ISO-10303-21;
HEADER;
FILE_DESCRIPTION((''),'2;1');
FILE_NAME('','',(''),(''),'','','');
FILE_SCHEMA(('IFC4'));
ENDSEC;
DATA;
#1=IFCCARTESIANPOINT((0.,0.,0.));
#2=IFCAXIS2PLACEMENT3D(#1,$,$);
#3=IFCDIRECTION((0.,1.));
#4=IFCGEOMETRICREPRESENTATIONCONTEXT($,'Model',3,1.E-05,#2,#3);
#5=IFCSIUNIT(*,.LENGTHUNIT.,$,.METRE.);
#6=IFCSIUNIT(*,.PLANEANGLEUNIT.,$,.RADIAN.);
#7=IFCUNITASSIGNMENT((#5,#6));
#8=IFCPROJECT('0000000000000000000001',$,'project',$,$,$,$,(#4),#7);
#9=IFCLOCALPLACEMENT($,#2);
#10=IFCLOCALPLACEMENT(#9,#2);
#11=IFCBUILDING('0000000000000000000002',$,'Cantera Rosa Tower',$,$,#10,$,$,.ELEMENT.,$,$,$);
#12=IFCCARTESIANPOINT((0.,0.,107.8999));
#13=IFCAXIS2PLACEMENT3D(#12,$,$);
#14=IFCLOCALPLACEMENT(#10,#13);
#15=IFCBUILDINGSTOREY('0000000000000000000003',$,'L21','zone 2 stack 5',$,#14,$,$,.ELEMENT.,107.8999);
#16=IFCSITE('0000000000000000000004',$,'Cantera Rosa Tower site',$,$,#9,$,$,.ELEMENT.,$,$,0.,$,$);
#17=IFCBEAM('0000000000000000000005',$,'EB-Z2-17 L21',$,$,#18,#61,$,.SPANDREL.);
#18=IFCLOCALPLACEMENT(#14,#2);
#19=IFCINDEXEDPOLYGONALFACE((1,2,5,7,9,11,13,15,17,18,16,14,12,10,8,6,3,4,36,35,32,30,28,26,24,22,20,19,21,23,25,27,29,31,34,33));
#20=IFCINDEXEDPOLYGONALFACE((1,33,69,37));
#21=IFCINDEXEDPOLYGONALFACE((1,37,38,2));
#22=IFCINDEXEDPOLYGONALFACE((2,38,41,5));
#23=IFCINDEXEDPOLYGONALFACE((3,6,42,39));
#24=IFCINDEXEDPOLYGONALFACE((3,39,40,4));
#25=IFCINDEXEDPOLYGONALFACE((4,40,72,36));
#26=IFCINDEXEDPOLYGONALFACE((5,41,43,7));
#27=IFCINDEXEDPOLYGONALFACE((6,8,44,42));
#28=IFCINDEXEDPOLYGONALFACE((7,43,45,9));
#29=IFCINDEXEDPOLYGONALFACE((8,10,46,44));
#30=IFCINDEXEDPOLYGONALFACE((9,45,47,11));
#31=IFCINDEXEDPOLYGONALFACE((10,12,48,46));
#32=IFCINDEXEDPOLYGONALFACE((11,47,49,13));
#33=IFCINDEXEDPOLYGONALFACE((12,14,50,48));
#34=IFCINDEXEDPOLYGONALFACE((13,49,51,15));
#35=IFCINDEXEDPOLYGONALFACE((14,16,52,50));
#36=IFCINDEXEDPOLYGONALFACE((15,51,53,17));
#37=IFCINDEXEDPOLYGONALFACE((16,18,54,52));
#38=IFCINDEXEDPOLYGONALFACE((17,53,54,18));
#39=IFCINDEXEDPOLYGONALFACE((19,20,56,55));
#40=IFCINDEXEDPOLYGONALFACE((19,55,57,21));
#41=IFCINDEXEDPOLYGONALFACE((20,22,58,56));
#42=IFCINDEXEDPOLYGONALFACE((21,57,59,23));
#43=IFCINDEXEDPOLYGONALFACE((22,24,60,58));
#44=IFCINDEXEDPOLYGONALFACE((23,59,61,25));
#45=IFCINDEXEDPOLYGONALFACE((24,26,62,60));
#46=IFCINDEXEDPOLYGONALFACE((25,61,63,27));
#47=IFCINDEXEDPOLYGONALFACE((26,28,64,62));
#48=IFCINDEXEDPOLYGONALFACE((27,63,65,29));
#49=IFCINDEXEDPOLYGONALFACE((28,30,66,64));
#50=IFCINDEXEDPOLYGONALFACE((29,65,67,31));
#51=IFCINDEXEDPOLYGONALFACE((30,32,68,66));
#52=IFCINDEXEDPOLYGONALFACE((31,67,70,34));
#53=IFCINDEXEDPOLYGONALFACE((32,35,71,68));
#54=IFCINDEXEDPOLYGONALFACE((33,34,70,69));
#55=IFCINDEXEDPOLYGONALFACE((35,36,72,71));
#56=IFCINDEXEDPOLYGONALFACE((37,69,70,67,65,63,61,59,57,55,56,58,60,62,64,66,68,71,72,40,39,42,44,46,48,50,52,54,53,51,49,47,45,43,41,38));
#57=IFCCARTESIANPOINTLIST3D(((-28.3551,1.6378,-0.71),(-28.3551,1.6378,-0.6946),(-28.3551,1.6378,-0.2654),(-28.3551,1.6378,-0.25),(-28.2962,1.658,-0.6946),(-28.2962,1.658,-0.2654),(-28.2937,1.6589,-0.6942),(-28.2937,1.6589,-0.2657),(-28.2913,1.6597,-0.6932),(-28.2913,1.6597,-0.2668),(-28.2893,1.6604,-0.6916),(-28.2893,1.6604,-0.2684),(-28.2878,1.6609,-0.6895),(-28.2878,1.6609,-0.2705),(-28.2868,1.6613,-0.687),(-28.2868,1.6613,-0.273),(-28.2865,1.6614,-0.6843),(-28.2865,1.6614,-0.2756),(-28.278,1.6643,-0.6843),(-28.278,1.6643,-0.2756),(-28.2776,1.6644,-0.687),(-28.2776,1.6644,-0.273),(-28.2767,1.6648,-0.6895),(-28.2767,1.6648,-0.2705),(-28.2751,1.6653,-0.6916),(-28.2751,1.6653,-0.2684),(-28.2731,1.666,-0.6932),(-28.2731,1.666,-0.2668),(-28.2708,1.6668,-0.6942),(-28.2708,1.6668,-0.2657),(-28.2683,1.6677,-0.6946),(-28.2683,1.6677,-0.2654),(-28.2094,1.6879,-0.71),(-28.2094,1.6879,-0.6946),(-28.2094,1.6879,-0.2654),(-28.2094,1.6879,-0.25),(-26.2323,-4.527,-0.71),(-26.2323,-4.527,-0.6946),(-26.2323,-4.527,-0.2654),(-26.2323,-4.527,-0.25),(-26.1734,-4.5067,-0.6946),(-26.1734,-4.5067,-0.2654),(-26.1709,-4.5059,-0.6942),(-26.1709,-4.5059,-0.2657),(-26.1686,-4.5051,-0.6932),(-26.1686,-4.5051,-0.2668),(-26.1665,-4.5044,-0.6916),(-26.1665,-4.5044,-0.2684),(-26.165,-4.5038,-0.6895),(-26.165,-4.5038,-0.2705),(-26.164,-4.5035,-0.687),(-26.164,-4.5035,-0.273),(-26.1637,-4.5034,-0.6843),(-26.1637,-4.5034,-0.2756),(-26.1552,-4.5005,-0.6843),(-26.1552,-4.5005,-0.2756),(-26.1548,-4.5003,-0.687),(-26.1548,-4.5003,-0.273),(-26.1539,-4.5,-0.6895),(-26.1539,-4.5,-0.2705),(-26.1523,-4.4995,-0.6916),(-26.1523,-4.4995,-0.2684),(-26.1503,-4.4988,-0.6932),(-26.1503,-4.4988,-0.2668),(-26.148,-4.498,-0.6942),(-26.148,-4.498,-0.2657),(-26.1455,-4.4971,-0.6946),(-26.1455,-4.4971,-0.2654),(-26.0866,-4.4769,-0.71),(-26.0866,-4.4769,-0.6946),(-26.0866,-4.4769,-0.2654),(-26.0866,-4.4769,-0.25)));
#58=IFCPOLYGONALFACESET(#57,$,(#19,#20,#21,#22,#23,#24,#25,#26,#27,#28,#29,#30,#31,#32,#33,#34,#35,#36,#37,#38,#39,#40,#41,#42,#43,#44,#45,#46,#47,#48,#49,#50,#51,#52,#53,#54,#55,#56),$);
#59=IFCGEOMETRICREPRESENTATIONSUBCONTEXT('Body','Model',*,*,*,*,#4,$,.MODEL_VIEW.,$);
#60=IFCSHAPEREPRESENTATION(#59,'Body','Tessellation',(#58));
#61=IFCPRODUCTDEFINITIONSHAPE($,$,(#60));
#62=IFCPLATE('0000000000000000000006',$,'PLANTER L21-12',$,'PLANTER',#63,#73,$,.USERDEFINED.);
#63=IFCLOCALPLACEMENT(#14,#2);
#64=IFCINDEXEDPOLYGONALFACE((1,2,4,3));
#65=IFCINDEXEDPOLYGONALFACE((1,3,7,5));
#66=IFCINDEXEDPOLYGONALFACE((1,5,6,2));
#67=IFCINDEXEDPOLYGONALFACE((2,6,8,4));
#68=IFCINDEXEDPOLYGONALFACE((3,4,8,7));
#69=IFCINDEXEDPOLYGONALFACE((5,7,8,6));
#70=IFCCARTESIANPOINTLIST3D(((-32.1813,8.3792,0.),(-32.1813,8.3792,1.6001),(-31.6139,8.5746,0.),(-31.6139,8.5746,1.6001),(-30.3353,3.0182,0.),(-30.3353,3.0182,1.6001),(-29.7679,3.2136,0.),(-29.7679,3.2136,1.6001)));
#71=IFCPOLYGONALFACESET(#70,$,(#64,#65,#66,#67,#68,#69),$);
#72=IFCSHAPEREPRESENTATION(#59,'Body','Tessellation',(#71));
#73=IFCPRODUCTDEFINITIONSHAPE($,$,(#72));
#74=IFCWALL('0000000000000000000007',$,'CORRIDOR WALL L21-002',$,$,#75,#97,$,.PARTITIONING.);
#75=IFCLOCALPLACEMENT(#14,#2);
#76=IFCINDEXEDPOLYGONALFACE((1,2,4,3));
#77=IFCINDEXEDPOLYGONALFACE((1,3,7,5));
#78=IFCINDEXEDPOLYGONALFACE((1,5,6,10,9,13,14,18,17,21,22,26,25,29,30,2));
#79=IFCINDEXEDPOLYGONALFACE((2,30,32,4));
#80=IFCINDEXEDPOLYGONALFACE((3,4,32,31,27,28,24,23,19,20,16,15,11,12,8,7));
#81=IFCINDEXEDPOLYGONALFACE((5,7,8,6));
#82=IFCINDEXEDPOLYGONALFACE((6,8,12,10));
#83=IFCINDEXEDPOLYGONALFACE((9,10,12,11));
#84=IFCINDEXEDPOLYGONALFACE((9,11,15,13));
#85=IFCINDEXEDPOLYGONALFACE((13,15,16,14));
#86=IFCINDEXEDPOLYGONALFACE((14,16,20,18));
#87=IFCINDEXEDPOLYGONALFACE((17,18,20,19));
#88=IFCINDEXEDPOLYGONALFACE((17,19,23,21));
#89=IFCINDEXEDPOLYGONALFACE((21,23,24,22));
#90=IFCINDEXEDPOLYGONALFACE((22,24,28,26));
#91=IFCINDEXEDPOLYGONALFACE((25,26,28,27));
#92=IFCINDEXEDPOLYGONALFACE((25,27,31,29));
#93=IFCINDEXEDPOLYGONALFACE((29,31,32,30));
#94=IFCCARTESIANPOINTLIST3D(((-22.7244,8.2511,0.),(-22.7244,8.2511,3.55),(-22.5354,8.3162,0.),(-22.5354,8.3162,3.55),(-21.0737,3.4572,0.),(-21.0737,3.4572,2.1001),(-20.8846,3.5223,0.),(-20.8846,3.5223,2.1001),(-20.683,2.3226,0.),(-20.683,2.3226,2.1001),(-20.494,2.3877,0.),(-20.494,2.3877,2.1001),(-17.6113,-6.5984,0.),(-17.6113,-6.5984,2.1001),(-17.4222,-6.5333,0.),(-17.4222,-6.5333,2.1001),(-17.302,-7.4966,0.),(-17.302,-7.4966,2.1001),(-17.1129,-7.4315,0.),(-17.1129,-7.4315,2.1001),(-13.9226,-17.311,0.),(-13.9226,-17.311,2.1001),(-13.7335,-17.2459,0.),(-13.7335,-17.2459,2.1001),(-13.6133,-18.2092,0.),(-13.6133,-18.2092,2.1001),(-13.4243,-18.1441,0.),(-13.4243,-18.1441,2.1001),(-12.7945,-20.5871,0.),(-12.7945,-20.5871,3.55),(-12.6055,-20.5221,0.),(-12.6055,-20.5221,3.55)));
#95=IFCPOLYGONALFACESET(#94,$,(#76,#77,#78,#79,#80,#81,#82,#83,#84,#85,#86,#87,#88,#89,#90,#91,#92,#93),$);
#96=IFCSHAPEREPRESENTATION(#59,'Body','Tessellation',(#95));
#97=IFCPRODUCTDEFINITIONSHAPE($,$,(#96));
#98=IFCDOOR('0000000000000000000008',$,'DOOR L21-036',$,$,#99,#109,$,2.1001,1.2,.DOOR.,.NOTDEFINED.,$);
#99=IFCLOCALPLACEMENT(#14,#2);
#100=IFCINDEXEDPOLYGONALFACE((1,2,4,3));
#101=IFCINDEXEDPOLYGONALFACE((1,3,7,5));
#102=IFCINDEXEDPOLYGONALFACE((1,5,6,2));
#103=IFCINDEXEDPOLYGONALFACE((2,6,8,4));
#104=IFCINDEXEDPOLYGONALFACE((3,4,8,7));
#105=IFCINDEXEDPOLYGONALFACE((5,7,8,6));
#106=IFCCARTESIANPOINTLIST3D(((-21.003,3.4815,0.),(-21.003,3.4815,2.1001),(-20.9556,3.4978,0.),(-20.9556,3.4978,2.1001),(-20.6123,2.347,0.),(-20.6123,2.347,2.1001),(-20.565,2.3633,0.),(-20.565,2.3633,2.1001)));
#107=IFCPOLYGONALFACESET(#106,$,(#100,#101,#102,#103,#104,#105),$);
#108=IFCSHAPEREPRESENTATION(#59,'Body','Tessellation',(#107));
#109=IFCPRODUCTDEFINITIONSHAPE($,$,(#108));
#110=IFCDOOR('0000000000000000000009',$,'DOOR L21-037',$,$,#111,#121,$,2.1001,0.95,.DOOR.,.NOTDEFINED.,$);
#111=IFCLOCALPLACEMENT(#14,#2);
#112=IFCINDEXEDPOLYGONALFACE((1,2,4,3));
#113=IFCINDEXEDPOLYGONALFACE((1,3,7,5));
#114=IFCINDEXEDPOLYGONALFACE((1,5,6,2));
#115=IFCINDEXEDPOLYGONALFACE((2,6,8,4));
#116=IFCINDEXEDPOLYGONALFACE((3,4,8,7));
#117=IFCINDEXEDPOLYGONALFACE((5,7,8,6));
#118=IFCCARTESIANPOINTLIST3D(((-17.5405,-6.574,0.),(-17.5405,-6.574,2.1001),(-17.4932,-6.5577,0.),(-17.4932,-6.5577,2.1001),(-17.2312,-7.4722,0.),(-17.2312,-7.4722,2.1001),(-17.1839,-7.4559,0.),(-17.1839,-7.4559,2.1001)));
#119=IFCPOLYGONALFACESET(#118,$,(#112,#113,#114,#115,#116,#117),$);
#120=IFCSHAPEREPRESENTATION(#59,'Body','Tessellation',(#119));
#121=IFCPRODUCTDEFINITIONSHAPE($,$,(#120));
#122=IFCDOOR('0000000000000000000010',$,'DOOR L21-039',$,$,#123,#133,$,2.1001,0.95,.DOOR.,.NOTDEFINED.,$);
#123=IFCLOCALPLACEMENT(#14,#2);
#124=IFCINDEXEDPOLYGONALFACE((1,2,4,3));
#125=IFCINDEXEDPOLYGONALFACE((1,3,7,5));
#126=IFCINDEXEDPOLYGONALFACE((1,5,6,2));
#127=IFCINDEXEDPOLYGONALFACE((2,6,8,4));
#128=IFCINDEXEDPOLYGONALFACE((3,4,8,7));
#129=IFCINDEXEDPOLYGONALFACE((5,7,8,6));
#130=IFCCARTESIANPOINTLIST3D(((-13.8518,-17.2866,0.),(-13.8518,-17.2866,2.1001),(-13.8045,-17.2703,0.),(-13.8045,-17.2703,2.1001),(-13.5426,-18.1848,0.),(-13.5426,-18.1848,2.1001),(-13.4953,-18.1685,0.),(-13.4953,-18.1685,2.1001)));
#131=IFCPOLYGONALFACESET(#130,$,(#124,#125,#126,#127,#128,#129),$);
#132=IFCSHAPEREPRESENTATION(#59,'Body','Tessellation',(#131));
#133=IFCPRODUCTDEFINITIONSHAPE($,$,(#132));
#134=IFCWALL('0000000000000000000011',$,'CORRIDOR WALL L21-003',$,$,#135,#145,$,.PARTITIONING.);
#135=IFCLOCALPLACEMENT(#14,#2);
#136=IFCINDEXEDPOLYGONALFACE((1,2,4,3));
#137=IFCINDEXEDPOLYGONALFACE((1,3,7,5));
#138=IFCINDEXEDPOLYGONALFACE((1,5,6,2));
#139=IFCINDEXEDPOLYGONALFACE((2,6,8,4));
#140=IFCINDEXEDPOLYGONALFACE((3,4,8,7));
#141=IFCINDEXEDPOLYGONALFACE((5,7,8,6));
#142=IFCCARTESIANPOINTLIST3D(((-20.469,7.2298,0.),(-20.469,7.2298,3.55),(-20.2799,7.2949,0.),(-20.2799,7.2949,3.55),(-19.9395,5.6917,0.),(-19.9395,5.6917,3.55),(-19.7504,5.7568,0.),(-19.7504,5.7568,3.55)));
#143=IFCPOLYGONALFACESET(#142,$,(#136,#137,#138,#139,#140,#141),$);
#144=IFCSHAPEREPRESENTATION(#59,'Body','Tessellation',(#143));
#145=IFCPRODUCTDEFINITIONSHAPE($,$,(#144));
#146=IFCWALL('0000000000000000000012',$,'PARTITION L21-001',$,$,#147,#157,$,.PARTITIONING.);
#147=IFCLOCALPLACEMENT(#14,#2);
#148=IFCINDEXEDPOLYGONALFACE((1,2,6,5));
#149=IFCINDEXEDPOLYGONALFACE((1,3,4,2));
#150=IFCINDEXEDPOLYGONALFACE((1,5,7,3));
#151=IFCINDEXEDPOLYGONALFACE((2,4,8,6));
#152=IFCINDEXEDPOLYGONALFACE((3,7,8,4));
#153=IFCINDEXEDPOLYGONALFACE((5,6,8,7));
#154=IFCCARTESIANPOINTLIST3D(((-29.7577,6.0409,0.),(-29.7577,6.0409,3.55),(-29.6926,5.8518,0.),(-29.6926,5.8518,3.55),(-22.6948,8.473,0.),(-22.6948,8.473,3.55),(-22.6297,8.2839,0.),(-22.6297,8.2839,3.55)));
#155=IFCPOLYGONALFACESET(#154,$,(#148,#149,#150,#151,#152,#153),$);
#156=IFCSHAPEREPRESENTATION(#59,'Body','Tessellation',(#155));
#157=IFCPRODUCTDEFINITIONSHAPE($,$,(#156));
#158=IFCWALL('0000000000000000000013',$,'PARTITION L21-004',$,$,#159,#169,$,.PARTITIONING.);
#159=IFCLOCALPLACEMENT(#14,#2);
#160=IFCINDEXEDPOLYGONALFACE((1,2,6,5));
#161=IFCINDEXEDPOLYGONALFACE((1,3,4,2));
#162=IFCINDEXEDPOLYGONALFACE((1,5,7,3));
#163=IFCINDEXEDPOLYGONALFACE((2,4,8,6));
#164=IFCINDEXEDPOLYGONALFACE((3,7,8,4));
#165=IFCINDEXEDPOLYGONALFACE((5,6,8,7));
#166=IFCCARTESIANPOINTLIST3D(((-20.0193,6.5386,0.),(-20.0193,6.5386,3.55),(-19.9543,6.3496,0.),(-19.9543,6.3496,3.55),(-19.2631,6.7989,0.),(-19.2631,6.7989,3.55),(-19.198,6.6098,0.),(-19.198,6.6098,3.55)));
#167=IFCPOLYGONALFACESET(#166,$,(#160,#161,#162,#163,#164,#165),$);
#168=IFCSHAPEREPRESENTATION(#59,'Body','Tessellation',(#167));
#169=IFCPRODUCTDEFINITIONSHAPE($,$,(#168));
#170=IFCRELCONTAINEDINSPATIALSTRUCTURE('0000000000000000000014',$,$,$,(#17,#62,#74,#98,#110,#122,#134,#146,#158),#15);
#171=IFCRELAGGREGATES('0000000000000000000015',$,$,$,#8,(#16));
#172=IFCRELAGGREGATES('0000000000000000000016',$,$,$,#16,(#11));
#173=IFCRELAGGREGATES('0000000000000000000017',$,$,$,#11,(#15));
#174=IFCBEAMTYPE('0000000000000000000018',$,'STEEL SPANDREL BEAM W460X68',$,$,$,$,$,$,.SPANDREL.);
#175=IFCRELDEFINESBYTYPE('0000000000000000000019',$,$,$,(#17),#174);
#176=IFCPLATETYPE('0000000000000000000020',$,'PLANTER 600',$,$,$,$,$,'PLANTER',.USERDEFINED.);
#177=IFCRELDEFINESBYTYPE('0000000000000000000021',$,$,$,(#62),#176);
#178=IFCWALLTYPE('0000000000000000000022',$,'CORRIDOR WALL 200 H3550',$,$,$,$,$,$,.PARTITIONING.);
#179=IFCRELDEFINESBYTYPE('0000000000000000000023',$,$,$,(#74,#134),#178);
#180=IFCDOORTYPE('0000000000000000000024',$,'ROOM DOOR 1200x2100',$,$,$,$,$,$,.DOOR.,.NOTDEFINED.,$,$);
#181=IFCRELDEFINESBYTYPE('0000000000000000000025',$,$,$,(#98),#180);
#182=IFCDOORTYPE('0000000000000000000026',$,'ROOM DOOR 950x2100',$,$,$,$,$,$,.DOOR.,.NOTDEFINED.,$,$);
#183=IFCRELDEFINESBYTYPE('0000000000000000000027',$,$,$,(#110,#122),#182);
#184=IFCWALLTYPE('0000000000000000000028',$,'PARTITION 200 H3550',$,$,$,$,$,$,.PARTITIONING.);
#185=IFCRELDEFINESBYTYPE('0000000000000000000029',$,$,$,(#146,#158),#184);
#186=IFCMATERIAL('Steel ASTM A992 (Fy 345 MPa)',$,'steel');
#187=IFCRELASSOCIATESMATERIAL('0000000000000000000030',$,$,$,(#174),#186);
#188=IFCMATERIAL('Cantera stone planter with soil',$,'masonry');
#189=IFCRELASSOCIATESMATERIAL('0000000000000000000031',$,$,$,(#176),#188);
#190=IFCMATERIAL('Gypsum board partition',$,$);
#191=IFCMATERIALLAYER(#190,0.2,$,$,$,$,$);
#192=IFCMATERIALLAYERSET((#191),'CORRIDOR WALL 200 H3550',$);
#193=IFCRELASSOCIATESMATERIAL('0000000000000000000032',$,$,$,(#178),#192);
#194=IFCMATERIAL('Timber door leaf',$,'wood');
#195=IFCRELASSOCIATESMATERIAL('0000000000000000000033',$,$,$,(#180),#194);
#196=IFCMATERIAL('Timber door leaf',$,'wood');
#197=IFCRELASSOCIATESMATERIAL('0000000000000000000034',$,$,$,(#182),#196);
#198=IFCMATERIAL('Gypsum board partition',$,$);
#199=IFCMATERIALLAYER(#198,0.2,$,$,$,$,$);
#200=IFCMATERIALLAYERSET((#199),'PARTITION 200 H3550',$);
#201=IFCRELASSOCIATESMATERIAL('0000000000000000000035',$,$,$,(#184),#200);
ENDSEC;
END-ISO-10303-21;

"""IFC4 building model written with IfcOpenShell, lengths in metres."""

from ifc_helpers import new_model, si_unit, direction, frame, frame_2d, origin, origin_2d, place, context, subcontext, project, spatial, rectangle, i_section, extrude, material, layer, layer_set, material_profile, profile_set, type_object, element, fill, save


model = new_model("IFC4")

# Units and contexts
model_context = context("Model", 3, precision=1e-05, world=origin(), true_north=direction((0.0, 1.0)))
body_context = subcontext(model_context, "Body", "Model", "MODEL_VIEW")
ifc_project = project(units=[si_unit("LENGTHUNIT", "METRE"), si_unit("PLANEANGLEUNIT", "RADIAN")], contexts=[model_context])

# Site, building, storey
site_placement = place(None, origin())
site = spatial("IfcSite", under=ifc_project, at=site_placement, Name="Cantera Rosa Tower site", CompositionType="ELEMENT", RefElevation=0.0)
building_placement = place(site_placement, origin())
building = spatial("IfcBuilding", under=site, at=building_placement, Name="Cantera Rosa Tower", CompositionType="ELEMENT")
storey_placement = place(building_placement, frame((0.0, 0.0, 107.8999)))
storey = spatial("IfcBuildingStorey", under=building, at=storey_placement, Name="L21", Description="zone 2 stack 5", CompositionType="ELEMENT", Elevation=107.8999)

# Beam
ifc_material_1 = material(Name="Steel ASTM A992 (Fy 345 MPa)", Category="steel")
ifc_material_profile_1 = material_profile(ifc_material_1, i_section(OverallWidth=0.1541, OverallDepth=0.46, WebThickness=0.009, FlangeThickness=0.0154, FilletRadius=0.0103, at=origin_2d()), Name="W460X68")
ifc_profile_set_1 = profile_set([ifc_material_profile_1], Name="Steel ASTM A992 (Fy 345 MPa)")
beam_type_1 = type_object("IfcBeamType", Name="STEEL SPANDREL BEAM W460X68", PredefinedType="SPANDREL", material=ifc_profile_set_1)
beam_1_placement = place(storey_placement, frame((-28.2822, 1.6628, -0.48), z_axis=(0.325581, -0.945514, 0.0), x_axis=(0.945514, 0.325581, 0.0)))
element("IfcBeam", 1, at=beam_1_placement, inside=storey, type_object=beam_type_1, Name="EB-Z2-17 L21", PredefinedType="SPANDREL", context=body_context, shape_type="SweptSolid", body=[
    extrude(i_section(OverallWidth=0.1541, OverallDepth=0.46, WebThickness=0.009, FlangeThickness=0.0154, FilletRadius=0.0103, at=origin_2d()), origin(), (0.0, 0.0, 1.0), 6.52),
])

# Plate
ifc_material_2 = material(Name="Cantera stone planter with soil", Category="masonry")
plate_type = type_object("IfcPlateType", Name="PLANTER 600", ElementType="PLANTER", PredefinedType="USERDEFINED", material=ifc_material_2)
plate_placement = place(storey_placement, frame((-30.9746, 5.7964, 0.0), z_axis=(0.0, 0.0, 1.0), x_axis=(0.325568, -0.945519, 0.0)))
element("IfcPlate", 2, at=plate_placement, inside=storey, type_object=plate_type, Name="PLANTER L21-12", ObjectType="PLANTER", PredefinedType="USERDEFINED", context=body_context, shape_type="SweptSolid", body=[
    extrude(rectangle(XDim=5.6699, YDim=0.6001, at=origin_2d()), origin(), (0.0, 0.0, 1.0), 1.6001),
])

# Wall, openings, doors
ifc_material_3 = material(Name="Gypsum board partition")
ifc_layer_1 = layer(ifc_material_3, 0.2)
ifc_layer_set_1 = layer_set([ifc_layer_1], Name="CORRIDOR WALL 200 H3550")
wall_type_1 = type_object("IfcWallType", Name="CORRIDOR WALL 200 H3550", PredefinedType="PARTITIONING", material=ifc_layer_set_1)
wall_1_placement = place(storey_placement, frame((-22.6299, 8.2837, 0.0), z_axis=(0.0, 0.0, 1.0), x_axis=(0.325571, -0.945518, 0.0)))
wall_1 = element("IfcWall", 3, at=wall_1_placement, inside=storey, type_object=wall_type_1, Name="CORRIDOR WALL L21-002", PredefinedType="PARTITIONING", context=body_context, shape_type="SweptSolid", body=[
    extrude(rectangle(XDim=30.5, YDim=0.2, at=frame_2d((15.25, 0.0))), origin(), (0.0, 0.0, 1.0), 3.55),
])
opening_1_placement = place(wall_1_placement, frame((5.0701, 0.0, 0.0)))
opening_1 = element("IfcOpeningElement", 4, at=opening_1_placement, cuts=wall_1, PredefinedType="OPENING", context=body_context, shape_type="SweptSolid", body=[
    extrude(rectangle(XDim=1.2, YDim=2.1001, at=frame_2d((0.6001, 1.05))), frame((0.0, 0.1099, 0.0), z_axis=(0.0, -1.0, 0.0), x_axis=(1.0, 0.0, 0.0)), (0.0, 0.0, 1.0), 0.22),
])
opening_2_placement = place(wall_1_placement, frame((15.7051, 0.0, 0.0)))
opening_2 = element("IfcOpeningElement", 5, at=opening_2_placement, cuts=wall_1, PredefinedType="OPENING", context=body_context, shape_type="SweptSolid", body=[
    extrude(rectangle(XDim=0.95, YDim=2.1001, at=frame_2d((0.4751, 1.05))), frame((0.0, 0.1099, 0.0), z_axis=(0.0, -1.0, 0.0), x_axis=(1.0, 0.0, 0.0)), (0.0, 0.0, 1.0), 0.22),
])
opening_3_placement = place(wall_1_placement, frame((27.0349, 0.0, 0.0)))
opening_3 = element("IfcOpeningElement", 6, at=opening_3_placement, cuts=wall_1, PredefinedType="OPENING", context=body_context, shape_type="SweptSolid", body=[
    extrude(rectangle(XDim=0.95, YDim=2.1001, at=frame_2d((0.4751, 1.05))), frame((0.0, 0.1099, 0.0), z_axis=(0.0, -1.0, 0.0), x_axis=(1.0, 0.0, 0.0)), (0.0, 0.0, 1.0), 0.22),
])
ifc_material_4 = material(Name="Timber door leaf", Category="wood")
door_type_1 = type_object("IfcDoorType", Name="ROOM DOOR 1200x2100", OperationType="NOTDEFINED", PredefinedType="DOOR", material=ifc_material_4)
door_1_placement = place(opening_1_placement, origin())
door_1 = element("IfcDoor", 7, at=door_1_placement, inside=storey, type_object=door_type_1, Name="DOOR L21-036", OperationType="NOTDEFINED", OverallHeight=2.1001, OverallWidth=1.2, PredefinedType="DOOR", context=body_context, shape_type="SweptSolid", body=[
    extrude(rectangle(XDim=1.2, YDim=2.1001, at=frame_2d((0.6001, 1.05))), frame((0.0, 0.0249, 0.0), z_axis=(0.0, -1.0, 0.0), x_axis=(1.0, 0.0, 0.0)), (0.0, 0.0, 1.0), 0.05),
])
fill(opening_1, door_1)
ifc_material_5 = material(Name="Timber door leaf", Category="wood")
door_type_2 = type_object("IfcDoorType", Name="ROOM DOOR 950x2100", OperationType="NOTDEFINED", PredefinedType="DOOR", material=ifc_material_5)
door_2_placement = place(opening_2_placement, origin())
door_2 = element("IfcDoor", 8, at=door_2_placement, inside=storey, type_object=door_type_2, Name="DOOR L21-037", OperationType="NOTDEFINED", OverallHeight=2.1001, OverallWidth=0.95, PredefinedType="DOOR", context=body_context, shape_type="SweptSolid", body=[
    extrude(rectangle(XDim=0.95, YDim=2.1001, at=frame_2d((0.4751, 1.05))), frame((0.0, 0.0249, 0.0), z_axis=(0.0, -1.0, 0.0), x_axis=(1.0, 0.0, 0.0)), (0.0, 0.0, 1.0), 0.05),
])
fill(opening_2, door_2)
door_3_placement = place(opening_3_placement, origin())
door_3 = element("IfcDoor", 9, at=door_3_placement, inside=storey, type_object=door_type_2, Name="DOOR L21-039", OperationType="NOTDEFINED", OverallHeight=2.1001, OverallWidth=0.95, PredefinedType="DOOR", context=body_context, shape_type="SweptSolid", body=[
    extrude(rectangle(XDim=0.95, YDim=2.1001, at=frame_2d((0.4751, 1.05))), frame((0.0, 0.0249, 0.0), z_axis=(0.0, -1.0, 0.0), x_axis=(1.0, 0.0, 0.0)), (0.0, 0.0, 1.0), 0.05),
])
fill(opening_3, door_3)

# Wall
wall_2_placement = place(storey_placement, frame((-20.3745, 7.2625, 0.0), z_axis=(0.0, 0.0, 1.0), x_axis=(0.325533, -0.945531, 0.0)))
element("IfcWall", 10, at=wall_2_placement, inside=storey, type_object=wall_type_1, Name="CORRIDOR WALL L21-003", PredefinedType="PARTITIONING", context=body_context, shape_type="SweptSolid", body=[
    extrude(rectangle(XDim=1.6267, YDim=0.2, at=frame_2d((0.8135, 0.0))), origin(), (0.0, 0.0, 1.0), 3.55),
])

# Walls
ifc_material_6 = material(Name="Gypsum board partition")
ifc_layer_2 = layer(ifc_material_6, 0.2)
ifc_layer_set_2 = layer_set([ifc_layer_2], Name="PARTITION 200 H3550")
wall_type_2 = type_object("IfcWallType", Name="PARTITION 200 H3550", PredefinedType="PARTITIONING", material=ifc_layer_set_2)
wall_3_placement = place(storey_placement, frame((-22.6624, 8.3784, 0.0), z_axis=(0.0, 0.0, 1.0), x_axis=(-0.945513, -0.325586, 0.0)))
element("IfcWall", 11, at=wall_3_placement, inside=storey, type_object=wall_type_2, Name="PARTITION L21-001", PredefinedType="PARTITIONING", context=body_context, shape_type="SweptSolid", body=[
    extrude(rectangle(XDim=7.47, YDim=0.2, at=frame_2d((3.7349, 0.0))), origin(), (0.0, 0.0, 1.0), 3.55),
])
wall_4_placement = place(storey_placement, frame((-19.9868, 6.4441, 0.0), z_axis=(0.0, 0.0, 1.0), x_axis=(0.945587, 0.32537, 0.0)))
element("IfcWall", 12, at=wall_4_placement, inside=storey, type_object=wall_type_2, Name="PARTITION L21-004", PredefinedType="PARTITIONING", context=body_context, shape_type="SweptSolid", body=[
    extrude(rectangle(XDim=0.7998, YDim=0.2, at=frame_2d((0.3999, 0.0))), origin(), (0.0, 0.0, 1.0), 3.55),
])

save(model, "model.ifc")
